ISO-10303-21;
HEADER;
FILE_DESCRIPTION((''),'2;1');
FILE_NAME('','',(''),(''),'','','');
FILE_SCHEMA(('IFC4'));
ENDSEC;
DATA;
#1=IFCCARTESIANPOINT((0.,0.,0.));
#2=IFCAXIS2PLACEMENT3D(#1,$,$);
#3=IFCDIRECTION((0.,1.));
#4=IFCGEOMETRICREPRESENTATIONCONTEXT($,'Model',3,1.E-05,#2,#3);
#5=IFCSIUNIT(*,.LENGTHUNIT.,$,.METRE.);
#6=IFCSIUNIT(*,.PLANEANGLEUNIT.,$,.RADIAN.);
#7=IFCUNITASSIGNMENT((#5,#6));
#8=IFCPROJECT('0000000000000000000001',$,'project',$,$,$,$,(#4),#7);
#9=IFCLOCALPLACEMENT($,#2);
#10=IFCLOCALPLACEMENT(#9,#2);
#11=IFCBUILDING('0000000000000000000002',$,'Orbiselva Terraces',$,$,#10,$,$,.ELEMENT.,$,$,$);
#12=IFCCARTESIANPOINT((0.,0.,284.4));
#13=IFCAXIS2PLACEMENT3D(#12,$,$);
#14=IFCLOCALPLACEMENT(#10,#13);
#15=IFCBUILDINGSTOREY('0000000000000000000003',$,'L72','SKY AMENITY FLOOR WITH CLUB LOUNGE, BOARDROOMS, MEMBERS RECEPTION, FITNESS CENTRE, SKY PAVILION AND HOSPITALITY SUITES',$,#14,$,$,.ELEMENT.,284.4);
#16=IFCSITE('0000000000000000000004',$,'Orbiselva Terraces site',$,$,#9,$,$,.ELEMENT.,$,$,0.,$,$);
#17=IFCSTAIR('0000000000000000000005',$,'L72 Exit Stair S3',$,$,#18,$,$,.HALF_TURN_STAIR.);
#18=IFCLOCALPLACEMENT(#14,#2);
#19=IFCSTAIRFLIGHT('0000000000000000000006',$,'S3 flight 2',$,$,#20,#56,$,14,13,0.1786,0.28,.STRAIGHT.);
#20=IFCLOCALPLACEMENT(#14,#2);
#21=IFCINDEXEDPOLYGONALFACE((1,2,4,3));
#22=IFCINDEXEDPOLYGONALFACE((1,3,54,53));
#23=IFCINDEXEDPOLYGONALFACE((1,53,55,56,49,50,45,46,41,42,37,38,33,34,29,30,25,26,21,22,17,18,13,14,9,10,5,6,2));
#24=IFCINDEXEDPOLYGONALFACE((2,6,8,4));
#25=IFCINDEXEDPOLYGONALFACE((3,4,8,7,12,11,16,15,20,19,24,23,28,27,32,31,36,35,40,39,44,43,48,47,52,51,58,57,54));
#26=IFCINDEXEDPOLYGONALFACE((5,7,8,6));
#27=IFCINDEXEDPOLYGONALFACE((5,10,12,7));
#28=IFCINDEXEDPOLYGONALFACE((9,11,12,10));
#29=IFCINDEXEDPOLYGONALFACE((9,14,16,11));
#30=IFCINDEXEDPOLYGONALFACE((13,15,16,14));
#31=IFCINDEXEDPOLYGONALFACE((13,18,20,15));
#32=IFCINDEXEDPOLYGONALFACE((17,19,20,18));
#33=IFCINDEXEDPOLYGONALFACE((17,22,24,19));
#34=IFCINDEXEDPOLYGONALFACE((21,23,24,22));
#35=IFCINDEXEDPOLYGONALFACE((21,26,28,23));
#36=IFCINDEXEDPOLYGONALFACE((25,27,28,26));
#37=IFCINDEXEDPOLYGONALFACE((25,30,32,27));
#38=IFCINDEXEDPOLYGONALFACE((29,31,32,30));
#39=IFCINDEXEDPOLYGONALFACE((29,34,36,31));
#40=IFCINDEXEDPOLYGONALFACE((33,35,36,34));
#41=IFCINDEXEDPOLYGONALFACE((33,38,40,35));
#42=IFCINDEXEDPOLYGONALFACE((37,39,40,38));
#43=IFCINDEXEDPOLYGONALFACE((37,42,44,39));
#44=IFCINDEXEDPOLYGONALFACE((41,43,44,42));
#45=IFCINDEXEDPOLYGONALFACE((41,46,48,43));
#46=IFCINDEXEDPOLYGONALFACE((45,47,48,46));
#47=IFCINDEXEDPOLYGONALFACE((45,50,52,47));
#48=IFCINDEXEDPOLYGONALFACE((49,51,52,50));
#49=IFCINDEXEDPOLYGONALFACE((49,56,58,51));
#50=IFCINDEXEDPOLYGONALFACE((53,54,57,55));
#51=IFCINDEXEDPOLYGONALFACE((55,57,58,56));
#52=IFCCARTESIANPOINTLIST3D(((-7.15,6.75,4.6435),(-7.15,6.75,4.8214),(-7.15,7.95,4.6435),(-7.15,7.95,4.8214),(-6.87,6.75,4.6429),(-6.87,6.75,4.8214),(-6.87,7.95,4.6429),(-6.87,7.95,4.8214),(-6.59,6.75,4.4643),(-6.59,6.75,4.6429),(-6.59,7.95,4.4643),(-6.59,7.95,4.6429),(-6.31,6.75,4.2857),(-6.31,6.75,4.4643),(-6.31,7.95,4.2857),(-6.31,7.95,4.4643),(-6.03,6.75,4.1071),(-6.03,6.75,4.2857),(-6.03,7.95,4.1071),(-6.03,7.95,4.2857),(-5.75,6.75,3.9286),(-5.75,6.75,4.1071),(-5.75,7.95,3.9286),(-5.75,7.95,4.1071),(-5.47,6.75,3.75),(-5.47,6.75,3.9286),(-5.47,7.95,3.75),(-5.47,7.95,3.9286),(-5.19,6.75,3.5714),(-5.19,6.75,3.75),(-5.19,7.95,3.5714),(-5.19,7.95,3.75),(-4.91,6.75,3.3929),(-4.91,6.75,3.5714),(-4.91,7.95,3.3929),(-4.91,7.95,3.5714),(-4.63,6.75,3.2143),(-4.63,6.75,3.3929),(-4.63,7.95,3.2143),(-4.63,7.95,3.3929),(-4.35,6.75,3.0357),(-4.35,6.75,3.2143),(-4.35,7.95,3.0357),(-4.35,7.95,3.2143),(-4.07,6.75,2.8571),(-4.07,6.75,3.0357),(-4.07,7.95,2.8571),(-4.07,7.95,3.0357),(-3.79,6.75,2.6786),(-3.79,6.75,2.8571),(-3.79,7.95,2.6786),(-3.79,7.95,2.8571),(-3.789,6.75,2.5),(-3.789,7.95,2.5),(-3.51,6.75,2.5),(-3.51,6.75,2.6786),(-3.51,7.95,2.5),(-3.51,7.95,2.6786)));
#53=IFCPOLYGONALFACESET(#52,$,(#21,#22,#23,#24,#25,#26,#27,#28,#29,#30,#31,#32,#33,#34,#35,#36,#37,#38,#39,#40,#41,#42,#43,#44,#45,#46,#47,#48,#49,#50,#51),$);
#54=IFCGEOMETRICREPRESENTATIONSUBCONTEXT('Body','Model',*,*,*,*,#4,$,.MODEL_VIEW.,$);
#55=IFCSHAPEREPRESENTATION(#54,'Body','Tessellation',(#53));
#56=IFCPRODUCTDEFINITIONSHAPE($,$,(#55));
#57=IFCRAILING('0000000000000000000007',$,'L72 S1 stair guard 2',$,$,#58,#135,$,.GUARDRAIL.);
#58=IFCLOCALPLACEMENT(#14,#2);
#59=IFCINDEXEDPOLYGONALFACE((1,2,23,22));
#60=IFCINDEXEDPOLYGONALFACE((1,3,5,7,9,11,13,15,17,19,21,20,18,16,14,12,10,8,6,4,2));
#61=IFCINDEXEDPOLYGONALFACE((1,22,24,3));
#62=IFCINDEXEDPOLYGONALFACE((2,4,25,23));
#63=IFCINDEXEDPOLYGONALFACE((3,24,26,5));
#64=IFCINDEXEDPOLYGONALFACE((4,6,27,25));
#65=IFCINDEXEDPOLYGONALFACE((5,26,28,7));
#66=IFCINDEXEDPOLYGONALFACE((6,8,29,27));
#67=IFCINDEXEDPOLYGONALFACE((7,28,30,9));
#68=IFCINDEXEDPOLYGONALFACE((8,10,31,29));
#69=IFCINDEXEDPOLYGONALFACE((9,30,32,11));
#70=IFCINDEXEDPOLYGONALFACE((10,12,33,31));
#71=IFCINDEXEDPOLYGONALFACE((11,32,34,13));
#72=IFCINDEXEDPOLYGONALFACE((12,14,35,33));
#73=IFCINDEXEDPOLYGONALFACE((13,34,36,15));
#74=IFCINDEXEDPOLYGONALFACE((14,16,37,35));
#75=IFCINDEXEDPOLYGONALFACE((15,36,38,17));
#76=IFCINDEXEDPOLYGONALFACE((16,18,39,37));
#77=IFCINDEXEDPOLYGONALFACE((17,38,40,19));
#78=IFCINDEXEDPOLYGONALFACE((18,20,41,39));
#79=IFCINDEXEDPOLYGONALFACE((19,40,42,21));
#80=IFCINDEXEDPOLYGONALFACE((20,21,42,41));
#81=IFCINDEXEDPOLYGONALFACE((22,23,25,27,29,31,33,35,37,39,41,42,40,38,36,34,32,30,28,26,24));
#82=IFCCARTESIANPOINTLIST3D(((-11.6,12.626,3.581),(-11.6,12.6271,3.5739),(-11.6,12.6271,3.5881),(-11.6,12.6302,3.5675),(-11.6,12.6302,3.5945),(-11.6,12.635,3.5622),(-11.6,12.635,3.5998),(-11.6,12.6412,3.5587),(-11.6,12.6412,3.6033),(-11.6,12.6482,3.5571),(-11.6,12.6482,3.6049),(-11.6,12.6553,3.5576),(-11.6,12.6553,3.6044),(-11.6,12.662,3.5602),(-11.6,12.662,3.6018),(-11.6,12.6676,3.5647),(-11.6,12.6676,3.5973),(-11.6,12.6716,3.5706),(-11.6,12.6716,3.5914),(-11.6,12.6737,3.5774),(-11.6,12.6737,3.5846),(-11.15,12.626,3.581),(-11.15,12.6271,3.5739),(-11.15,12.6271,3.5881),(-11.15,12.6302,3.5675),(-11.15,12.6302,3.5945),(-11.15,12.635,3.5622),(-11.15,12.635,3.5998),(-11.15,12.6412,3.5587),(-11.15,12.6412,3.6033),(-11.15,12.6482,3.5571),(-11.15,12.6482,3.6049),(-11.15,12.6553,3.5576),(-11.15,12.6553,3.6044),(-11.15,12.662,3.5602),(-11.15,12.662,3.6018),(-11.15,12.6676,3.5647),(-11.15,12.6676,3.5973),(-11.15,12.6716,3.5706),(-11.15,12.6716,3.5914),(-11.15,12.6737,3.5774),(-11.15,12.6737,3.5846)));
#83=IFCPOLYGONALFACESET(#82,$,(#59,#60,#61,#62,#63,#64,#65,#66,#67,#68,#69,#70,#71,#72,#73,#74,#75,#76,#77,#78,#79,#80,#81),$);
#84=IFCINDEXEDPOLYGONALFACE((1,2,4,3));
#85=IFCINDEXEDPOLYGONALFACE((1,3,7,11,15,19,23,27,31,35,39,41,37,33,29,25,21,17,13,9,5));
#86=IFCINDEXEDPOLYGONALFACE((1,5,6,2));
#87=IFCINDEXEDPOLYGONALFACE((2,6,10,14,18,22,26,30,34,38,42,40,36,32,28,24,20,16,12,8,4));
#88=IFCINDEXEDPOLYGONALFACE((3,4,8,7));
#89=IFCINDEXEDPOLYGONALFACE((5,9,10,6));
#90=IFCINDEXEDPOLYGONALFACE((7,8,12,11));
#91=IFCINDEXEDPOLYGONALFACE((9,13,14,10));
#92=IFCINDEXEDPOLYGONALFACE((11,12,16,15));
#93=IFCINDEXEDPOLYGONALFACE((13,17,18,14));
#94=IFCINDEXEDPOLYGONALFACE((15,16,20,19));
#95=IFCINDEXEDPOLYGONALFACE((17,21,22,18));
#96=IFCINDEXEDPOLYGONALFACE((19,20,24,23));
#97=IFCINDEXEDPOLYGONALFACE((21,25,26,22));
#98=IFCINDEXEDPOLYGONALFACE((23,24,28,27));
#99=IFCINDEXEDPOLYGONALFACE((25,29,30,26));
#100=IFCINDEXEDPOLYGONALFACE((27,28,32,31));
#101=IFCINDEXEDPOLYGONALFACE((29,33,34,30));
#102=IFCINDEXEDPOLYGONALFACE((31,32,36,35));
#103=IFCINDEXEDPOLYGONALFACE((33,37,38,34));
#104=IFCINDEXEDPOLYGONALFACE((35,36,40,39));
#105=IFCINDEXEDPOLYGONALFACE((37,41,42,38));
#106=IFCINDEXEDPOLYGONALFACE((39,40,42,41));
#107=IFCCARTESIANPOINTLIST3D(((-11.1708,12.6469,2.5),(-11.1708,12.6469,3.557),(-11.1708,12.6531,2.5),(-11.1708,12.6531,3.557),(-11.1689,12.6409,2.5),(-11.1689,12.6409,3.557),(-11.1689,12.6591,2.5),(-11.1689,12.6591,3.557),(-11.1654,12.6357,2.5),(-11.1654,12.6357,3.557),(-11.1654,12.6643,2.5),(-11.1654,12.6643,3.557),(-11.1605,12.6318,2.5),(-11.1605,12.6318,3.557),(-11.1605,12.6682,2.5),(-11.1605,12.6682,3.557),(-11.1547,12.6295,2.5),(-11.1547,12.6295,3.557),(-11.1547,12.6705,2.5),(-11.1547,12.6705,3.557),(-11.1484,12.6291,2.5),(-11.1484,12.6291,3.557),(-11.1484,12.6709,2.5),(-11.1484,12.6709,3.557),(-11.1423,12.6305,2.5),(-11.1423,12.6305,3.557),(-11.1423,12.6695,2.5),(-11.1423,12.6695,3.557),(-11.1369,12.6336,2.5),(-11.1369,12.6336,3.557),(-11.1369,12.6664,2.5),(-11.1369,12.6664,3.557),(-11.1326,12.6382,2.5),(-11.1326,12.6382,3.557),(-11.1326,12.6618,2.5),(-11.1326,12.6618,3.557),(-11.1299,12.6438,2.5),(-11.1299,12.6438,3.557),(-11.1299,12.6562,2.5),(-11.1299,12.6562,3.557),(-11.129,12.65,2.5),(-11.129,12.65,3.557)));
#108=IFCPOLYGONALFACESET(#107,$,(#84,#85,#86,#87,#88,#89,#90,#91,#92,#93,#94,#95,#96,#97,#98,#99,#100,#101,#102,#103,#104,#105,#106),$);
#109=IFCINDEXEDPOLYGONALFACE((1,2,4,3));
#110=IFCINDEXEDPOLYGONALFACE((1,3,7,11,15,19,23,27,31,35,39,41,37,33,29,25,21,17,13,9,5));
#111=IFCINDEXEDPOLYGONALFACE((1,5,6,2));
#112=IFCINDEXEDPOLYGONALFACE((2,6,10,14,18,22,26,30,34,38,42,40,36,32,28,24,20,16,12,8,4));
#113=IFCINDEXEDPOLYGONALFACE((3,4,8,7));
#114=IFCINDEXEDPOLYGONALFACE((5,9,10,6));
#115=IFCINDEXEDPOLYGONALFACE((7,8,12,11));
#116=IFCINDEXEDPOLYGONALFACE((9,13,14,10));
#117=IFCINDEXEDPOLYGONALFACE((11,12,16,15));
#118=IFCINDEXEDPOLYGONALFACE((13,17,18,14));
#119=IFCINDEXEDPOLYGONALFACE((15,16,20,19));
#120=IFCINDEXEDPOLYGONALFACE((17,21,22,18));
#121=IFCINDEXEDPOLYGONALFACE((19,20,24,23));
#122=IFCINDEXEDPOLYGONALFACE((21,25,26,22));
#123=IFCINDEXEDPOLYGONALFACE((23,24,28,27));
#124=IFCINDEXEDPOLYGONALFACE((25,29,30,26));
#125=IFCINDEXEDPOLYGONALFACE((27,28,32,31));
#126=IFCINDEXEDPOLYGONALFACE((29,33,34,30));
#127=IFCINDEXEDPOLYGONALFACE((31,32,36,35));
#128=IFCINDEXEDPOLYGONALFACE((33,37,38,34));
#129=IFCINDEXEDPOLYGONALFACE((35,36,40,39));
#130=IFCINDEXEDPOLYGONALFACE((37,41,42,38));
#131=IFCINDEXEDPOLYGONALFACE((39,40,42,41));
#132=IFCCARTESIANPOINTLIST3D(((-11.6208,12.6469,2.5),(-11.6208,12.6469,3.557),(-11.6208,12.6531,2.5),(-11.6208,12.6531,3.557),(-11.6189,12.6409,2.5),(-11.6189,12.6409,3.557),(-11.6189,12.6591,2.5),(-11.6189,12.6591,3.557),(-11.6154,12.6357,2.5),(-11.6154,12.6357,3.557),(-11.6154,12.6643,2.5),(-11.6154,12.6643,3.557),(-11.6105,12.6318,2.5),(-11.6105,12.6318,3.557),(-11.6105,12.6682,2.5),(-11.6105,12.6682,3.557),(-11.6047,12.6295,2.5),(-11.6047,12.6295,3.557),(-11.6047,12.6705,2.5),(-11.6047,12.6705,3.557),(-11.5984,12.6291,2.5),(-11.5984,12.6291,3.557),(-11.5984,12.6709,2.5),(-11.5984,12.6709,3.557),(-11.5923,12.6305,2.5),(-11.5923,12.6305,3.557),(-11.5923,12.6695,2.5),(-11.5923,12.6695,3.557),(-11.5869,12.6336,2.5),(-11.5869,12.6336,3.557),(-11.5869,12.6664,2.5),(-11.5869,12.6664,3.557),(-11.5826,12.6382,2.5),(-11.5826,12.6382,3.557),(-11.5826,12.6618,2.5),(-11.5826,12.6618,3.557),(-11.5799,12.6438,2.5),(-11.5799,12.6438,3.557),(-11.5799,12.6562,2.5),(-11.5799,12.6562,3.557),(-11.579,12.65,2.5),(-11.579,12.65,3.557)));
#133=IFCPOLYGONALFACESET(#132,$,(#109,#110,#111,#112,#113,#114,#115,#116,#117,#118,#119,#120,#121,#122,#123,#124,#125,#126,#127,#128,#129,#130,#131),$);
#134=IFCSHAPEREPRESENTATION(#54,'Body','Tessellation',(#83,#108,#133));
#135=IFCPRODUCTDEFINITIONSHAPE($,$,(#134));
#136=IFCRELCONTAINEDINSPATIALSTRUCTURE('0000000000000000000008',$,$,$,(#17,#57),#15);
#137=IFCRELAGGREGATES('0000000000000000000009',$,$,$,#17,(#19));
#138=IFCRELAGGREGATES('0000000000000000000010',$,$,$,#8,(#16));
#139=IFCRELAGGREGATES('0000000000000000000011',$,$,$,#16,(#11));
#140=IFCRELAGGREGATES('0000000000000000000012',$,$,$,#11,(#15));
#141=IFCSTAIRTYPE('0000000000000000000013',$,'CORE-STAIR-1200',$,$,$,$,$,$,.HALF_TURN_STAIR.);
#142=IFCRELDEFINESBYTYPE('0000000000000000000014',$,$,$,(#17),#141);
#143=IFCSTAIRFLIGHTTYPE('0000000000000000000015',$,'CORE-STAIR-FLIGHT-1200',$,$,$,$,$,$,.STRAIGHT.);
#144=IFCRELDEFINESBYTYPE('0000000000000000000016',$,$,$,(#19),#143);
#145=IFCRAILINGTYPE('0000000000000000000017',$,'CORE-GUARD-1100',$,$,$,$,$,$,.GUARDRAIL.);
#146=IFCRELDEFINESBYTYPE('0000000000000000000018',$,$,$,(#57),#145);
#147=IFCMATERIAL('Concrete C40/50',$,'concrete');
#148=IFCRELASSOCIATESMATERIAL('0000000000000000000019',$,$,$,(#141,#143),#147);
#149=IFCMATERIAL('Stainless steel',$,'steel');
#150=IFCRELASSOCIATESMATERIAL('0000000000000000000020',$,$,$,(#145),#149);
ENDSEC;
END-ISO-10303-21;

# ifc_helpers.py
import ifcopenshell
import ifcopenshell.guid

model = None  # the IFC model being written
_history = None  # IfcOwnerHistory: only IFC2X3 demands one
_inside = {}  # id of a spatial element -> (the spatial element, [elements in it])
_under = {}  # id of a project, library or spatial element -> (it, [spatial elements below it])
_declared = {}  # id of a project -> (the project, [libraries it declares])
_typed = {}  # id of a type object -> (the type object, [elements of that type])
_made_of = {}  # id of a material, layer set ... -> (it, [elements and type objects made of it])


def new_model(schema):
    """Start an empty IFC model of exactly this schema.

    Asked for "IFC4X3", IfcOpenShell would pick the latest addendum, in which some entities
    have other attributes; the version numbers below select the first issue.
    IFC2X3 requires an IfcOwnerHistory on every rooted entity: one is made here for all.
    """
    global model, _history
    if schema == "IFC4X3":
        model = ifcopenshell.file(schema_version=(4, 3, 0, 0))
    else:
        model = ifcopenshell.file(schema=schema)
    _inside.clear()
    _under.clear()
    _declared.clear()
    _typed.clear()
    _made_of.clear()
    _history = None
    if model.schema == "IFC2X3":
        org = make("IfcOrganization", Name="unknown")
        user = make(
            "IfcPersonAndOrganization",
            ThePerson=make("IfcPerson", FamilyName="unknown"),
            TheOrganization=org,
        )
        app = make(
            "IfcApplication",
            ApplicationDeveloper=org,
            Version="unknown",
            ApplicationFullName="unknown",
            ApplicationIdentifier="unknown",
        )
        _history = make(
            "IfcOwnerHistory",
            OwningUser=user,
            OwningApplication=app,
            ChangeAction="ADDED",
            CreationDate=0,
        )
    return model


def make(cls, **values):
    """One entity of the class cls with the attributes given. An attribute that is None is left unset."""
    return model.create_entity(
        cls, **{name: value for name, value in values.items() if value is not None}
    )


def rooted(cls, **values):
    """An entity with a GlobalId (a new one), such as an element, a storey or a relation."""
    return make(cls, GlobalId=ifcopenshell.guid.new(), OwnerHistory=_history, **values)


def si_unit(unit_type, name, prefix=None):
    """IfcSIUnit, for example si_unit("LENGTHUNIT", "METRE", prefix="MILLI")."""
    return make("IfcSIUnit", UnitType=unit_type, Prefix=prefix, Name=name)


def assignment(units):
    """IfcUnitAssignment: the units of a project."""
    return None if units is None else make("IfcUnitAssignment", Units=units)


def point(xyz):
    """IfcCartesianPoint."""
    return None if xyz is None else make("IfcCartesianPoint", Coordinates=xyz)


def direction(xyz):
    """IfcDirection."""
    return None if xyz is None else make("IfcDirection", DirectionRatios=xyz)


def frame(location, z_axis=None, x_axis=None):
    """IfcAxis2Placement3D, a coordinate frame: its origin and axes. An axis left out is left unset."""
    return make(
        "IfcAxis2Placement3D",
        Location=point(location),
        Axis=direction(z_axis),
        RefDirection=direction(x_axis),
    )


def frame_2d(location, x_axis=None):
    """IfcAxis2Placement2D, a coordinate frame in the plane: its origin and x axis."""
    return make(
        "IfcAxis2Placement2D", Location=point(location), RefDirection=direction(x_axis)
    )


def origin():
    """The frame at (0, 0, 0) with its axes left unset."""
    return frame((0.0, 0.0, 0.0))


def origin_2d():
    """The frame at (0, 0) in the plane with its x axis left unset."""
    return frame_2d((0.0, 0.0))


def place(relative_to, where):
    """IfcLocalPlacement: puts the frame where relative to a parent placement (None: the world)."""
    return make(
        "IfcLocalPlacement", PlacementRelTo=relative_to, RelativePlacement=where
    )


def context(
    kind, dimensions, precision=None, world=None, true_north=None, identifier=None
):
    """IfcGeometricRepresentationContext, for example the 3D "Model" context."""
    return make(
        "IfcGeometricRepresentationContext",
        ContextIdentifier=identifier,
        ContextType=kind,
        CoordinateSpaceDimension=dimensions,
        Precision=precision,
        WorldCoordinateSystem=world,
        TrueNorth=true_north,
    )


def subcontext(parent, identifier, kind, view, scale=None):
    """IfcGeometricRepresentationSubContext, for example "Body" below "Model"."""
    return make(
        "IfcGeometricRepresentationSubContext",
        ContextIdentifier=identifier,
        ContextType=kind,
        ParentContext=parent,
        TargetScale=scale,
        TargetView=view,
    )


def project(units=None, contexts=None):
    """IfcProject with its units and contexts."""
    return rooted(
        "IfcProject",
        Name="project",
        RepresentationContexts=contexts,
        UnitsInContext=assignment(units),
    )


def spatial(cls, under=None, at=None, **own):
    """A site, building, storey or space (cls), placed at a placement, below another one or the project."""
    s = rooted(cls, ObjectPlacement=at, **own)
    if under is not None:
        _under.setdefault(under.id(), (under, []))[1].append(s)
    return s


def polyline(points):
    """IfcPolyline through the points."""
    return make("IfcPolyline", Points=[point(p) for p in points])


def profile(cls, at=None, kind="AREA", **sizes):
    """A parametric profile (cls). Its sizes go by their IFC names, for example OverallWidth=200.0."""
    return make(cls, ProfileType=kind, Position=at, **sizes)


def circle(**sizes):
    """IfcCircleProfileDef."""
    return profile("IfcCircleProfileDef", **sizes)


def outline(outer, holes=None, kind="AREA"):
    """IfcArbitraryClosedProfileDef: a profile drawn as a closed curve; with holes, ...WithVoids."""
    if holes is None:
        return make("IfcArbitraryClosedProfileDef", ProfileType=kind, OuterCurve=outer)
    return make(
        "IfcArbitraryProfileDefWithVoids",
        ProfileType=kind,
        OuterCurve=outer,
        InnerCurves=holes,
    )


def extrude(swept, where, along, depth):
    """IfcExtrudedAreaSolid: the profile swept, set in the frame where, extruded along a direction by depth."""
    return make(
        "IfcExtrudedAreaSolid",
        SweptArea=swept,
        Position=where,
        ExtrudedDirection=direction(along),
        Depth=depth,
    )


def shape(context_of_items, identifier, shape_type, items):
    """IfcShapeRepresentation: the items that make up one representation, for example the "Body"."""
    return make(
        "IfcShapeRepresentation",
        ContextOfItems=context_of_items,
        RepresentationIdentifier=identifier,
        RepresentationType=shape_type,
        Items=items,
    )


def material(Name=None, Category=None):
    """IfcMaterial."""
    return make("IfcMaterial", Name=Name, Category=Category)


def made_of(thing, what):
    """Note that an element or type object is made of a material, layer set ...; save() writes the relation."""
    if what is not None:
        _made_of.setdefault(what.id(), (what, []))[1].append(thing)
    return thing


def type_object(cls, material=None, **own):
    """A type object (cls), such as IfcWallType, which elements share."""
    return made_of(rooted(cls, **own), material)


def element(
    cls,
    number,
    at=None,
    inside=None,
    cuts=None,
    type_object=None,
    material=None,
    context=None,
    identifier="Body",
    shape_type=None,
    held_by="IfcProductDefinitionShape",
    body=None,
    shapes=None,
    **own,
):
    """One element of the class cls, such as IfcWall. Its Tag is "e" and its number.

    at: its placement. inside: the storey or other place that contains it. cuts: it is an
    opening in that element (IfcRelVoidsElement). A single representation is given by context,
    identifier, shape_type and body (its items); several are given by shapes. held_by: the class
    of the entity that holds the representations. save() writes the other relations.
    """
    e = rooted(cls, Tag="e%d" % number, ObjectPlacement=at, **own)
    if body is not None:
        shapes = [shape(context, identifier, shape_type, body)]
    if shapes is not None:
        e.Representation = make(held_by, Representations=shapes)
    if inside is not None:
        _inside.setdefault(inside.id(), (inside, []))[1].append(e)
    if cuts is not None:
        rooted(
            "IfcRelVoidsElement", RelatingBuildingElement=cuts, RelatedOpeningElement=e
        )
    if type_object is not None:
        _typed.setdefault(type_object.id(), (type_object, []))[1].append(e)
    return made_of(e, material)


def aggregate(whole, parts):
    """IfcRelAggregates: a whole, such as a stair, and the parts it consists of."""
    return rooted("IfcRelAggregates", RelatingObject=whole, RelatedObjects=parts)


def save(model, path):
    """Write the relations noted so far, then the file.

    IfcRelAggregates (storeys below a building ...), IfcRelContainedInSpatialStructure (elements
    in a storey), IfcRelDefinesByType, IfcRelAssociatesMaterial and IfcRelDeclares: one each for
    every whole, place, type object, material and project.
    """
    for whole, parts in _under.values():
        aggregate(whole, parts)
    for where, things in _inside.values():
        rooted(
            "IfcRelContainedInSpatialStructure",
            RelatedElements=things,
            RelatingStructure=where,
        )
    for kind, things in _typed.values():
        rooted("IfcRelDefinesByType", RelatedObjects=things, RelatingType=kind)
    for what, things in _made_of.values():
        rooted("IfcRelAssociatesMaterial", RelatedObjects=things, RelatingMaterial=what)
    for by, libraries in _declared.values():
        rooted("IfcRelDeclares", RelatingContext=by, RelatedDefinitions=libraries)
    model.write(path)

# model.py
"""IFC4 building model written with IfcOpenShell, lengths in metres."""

from ifc_helpers import new_model, si_unit, direction, frame, origin, origin_2d, place, context, subcontext, project, spatial, polyline, circle, outline, extrude, material, type_object, element, aggregate, save


model = new_model("IFC4")

# Units and contexts
model_context = context("Model", 3, precision=1e-05, world=origin(), true_north=direction((0.0, 1.0)))
body_context = subcontext(model_context, "Body", "Model", "MODEL_VIEW")
ifc_project = project(units=[si_unit("LENGTHUNIT", "METRE"), si_unit("PLANEANGLEUNIT", "RADIAN")], contexts=[model_context])

# Site, building, storey
site_placement = place(None, origin())
site = spatial("IfcSite", under=ifc_project, at=site_placement, Name="Orbiselva Terraces site", CompositionType="ELEMENT", RefElevation=0.0)
building_placement = place(site_placement, origin())
building = spatial("IfcBuilding", under=site, at=building_placement, Name="Orbiselva Terraces", CompositionType="ELEMENT")
storey_placement = place(building_placement, frame((0.0, 0.0, 284.4)))
storey = spatial("IfcBuildingStorey", under=building, at=storey_placement, Name="L72", Description="SKY AMENITY FLOOR WITH CLUB LOUNGE, BOARDROOMS, MEMBERS RECEPTION, FITNESS CENTRE, SKY PAVILION AND HOSPITALITY SUITES", CompositionType="ELEMENT", Elevation=284.4)

# Stair, stair flight
ifc_material_1 = material(Name="Concrete C40/50", Category="concrete")
stair_type = type_object("IfcStairType", Name="CORE-STAIR-1200", PredefinedType="HALF_TURN_STAIR", material=ifc_material_1)
stair_placement = place(storey_placement, origin())
stair = element("IfcStair", 1, at=stair_placement, inside=storey, type_object=stair_type, Name="L72 Exit Stair S3", PredefinedType="HALF_TURN_STAIR")
stair_flight_type = type_object("IfcStairFlightType", Name="CORE-STAIR-FLIGHT-1200", PredefinedType="STRAIGHT", material=ifc_material_1)
stair_flight_1_placement = place(storey_placement, frame((-3.51, 7.35, 2.5), z_axis=(0.0, 0.0, 1.0), x_axis=(-1.0, 0.0, 0.0)))
stair_flight_1 = element("IfcStairFlight", 2, at=stair_flight_1_placement, type_object=stair_flight_type, Name="S3 flight 2", NumberOfRisers=14, NumberOfTreads=13, PredefinedType="STRAIGHT", RiserHeight=0.1786, TreadLength=0.28, context=body_context, shape_type="SweptSolid", body=[
    extrude(outline(polyline([(0.0, 0.0), (0.0, 0.1786), (0.28, 0.1786), (0.28, 0.3571), (0.56, 0.3571), (0.56, 0.5357), (0.84, 0.5357), (0.84, 0.7143), (1.12, 0.7143), (1.12, 0.8929), (1.4, 0.8929), (1.4, 1.0714), (1.68, 1.0714), (1.68, 1.25), (1.96, 1.25), (1.96, 1.4286), (2.24, 1.4286), (2.24, 1.6071), (2.52, 1.6071), (2.52, 1.7857), (2.8, 1.7857), (2.8, 1.9643), (3.08, 1.9643), (3.08, 2.1429), (3.36, 2.1429), (3.36, 2.3214), (3.64, 2.3214), (3.64, 2.5), (3.64, 2.1435), (0.279, 0.0), (0.0, 0.0)])), frame((0.0, 0.6, 0.0), z_axis=(0.0, -1.0, 0.0), x_axis=(1.0, 0.0, 0.0)), (0.0, 0.0, 1.0), 1.2),
])
aggregate(stair, [stair_flight_1])

# Railing
ifc_material_2 = material(Name="Stainless steel", Category="steel")
railing_type_1 = type_object("IfcRailingType", Name="CORE-GUARD-1100", PredefinedType="GUARDRAIL", material=ifc_material_2)
railing_1_placement = place(storey_placement, frame((-11.15, 12.65, 2.5)))
element("IfcRailing", 3, at=railing_1_placement, inside=storey, type_object=railing_type_1, Name="L72 S1 stair guard 2", PredefinedType="GUARDRAIL", context=body_context, shape_type="SweptSolid", body=[
    extrude(circle(Radius=0.024, at=origin_2d()), frame((0.0, 0.0, 1.081), z_axis=(-1.0, 0.0, 0.0), x_axis=(0.0, -1.0, 0.0)), (0.0, 0.0, 1.0), 0.45),
    extrude(circle(Radius=0.021, at=origin_2d()), origin(), (0.0, 0.0, 1.0), 1.057),
    extrude(circle(Radius=0.021, at=origin_2d()), frame((-0.45, 0.0, 0.0)), (0.0, 0.0, 1.0), 1.057),
])

save(model, "model.ifc")
